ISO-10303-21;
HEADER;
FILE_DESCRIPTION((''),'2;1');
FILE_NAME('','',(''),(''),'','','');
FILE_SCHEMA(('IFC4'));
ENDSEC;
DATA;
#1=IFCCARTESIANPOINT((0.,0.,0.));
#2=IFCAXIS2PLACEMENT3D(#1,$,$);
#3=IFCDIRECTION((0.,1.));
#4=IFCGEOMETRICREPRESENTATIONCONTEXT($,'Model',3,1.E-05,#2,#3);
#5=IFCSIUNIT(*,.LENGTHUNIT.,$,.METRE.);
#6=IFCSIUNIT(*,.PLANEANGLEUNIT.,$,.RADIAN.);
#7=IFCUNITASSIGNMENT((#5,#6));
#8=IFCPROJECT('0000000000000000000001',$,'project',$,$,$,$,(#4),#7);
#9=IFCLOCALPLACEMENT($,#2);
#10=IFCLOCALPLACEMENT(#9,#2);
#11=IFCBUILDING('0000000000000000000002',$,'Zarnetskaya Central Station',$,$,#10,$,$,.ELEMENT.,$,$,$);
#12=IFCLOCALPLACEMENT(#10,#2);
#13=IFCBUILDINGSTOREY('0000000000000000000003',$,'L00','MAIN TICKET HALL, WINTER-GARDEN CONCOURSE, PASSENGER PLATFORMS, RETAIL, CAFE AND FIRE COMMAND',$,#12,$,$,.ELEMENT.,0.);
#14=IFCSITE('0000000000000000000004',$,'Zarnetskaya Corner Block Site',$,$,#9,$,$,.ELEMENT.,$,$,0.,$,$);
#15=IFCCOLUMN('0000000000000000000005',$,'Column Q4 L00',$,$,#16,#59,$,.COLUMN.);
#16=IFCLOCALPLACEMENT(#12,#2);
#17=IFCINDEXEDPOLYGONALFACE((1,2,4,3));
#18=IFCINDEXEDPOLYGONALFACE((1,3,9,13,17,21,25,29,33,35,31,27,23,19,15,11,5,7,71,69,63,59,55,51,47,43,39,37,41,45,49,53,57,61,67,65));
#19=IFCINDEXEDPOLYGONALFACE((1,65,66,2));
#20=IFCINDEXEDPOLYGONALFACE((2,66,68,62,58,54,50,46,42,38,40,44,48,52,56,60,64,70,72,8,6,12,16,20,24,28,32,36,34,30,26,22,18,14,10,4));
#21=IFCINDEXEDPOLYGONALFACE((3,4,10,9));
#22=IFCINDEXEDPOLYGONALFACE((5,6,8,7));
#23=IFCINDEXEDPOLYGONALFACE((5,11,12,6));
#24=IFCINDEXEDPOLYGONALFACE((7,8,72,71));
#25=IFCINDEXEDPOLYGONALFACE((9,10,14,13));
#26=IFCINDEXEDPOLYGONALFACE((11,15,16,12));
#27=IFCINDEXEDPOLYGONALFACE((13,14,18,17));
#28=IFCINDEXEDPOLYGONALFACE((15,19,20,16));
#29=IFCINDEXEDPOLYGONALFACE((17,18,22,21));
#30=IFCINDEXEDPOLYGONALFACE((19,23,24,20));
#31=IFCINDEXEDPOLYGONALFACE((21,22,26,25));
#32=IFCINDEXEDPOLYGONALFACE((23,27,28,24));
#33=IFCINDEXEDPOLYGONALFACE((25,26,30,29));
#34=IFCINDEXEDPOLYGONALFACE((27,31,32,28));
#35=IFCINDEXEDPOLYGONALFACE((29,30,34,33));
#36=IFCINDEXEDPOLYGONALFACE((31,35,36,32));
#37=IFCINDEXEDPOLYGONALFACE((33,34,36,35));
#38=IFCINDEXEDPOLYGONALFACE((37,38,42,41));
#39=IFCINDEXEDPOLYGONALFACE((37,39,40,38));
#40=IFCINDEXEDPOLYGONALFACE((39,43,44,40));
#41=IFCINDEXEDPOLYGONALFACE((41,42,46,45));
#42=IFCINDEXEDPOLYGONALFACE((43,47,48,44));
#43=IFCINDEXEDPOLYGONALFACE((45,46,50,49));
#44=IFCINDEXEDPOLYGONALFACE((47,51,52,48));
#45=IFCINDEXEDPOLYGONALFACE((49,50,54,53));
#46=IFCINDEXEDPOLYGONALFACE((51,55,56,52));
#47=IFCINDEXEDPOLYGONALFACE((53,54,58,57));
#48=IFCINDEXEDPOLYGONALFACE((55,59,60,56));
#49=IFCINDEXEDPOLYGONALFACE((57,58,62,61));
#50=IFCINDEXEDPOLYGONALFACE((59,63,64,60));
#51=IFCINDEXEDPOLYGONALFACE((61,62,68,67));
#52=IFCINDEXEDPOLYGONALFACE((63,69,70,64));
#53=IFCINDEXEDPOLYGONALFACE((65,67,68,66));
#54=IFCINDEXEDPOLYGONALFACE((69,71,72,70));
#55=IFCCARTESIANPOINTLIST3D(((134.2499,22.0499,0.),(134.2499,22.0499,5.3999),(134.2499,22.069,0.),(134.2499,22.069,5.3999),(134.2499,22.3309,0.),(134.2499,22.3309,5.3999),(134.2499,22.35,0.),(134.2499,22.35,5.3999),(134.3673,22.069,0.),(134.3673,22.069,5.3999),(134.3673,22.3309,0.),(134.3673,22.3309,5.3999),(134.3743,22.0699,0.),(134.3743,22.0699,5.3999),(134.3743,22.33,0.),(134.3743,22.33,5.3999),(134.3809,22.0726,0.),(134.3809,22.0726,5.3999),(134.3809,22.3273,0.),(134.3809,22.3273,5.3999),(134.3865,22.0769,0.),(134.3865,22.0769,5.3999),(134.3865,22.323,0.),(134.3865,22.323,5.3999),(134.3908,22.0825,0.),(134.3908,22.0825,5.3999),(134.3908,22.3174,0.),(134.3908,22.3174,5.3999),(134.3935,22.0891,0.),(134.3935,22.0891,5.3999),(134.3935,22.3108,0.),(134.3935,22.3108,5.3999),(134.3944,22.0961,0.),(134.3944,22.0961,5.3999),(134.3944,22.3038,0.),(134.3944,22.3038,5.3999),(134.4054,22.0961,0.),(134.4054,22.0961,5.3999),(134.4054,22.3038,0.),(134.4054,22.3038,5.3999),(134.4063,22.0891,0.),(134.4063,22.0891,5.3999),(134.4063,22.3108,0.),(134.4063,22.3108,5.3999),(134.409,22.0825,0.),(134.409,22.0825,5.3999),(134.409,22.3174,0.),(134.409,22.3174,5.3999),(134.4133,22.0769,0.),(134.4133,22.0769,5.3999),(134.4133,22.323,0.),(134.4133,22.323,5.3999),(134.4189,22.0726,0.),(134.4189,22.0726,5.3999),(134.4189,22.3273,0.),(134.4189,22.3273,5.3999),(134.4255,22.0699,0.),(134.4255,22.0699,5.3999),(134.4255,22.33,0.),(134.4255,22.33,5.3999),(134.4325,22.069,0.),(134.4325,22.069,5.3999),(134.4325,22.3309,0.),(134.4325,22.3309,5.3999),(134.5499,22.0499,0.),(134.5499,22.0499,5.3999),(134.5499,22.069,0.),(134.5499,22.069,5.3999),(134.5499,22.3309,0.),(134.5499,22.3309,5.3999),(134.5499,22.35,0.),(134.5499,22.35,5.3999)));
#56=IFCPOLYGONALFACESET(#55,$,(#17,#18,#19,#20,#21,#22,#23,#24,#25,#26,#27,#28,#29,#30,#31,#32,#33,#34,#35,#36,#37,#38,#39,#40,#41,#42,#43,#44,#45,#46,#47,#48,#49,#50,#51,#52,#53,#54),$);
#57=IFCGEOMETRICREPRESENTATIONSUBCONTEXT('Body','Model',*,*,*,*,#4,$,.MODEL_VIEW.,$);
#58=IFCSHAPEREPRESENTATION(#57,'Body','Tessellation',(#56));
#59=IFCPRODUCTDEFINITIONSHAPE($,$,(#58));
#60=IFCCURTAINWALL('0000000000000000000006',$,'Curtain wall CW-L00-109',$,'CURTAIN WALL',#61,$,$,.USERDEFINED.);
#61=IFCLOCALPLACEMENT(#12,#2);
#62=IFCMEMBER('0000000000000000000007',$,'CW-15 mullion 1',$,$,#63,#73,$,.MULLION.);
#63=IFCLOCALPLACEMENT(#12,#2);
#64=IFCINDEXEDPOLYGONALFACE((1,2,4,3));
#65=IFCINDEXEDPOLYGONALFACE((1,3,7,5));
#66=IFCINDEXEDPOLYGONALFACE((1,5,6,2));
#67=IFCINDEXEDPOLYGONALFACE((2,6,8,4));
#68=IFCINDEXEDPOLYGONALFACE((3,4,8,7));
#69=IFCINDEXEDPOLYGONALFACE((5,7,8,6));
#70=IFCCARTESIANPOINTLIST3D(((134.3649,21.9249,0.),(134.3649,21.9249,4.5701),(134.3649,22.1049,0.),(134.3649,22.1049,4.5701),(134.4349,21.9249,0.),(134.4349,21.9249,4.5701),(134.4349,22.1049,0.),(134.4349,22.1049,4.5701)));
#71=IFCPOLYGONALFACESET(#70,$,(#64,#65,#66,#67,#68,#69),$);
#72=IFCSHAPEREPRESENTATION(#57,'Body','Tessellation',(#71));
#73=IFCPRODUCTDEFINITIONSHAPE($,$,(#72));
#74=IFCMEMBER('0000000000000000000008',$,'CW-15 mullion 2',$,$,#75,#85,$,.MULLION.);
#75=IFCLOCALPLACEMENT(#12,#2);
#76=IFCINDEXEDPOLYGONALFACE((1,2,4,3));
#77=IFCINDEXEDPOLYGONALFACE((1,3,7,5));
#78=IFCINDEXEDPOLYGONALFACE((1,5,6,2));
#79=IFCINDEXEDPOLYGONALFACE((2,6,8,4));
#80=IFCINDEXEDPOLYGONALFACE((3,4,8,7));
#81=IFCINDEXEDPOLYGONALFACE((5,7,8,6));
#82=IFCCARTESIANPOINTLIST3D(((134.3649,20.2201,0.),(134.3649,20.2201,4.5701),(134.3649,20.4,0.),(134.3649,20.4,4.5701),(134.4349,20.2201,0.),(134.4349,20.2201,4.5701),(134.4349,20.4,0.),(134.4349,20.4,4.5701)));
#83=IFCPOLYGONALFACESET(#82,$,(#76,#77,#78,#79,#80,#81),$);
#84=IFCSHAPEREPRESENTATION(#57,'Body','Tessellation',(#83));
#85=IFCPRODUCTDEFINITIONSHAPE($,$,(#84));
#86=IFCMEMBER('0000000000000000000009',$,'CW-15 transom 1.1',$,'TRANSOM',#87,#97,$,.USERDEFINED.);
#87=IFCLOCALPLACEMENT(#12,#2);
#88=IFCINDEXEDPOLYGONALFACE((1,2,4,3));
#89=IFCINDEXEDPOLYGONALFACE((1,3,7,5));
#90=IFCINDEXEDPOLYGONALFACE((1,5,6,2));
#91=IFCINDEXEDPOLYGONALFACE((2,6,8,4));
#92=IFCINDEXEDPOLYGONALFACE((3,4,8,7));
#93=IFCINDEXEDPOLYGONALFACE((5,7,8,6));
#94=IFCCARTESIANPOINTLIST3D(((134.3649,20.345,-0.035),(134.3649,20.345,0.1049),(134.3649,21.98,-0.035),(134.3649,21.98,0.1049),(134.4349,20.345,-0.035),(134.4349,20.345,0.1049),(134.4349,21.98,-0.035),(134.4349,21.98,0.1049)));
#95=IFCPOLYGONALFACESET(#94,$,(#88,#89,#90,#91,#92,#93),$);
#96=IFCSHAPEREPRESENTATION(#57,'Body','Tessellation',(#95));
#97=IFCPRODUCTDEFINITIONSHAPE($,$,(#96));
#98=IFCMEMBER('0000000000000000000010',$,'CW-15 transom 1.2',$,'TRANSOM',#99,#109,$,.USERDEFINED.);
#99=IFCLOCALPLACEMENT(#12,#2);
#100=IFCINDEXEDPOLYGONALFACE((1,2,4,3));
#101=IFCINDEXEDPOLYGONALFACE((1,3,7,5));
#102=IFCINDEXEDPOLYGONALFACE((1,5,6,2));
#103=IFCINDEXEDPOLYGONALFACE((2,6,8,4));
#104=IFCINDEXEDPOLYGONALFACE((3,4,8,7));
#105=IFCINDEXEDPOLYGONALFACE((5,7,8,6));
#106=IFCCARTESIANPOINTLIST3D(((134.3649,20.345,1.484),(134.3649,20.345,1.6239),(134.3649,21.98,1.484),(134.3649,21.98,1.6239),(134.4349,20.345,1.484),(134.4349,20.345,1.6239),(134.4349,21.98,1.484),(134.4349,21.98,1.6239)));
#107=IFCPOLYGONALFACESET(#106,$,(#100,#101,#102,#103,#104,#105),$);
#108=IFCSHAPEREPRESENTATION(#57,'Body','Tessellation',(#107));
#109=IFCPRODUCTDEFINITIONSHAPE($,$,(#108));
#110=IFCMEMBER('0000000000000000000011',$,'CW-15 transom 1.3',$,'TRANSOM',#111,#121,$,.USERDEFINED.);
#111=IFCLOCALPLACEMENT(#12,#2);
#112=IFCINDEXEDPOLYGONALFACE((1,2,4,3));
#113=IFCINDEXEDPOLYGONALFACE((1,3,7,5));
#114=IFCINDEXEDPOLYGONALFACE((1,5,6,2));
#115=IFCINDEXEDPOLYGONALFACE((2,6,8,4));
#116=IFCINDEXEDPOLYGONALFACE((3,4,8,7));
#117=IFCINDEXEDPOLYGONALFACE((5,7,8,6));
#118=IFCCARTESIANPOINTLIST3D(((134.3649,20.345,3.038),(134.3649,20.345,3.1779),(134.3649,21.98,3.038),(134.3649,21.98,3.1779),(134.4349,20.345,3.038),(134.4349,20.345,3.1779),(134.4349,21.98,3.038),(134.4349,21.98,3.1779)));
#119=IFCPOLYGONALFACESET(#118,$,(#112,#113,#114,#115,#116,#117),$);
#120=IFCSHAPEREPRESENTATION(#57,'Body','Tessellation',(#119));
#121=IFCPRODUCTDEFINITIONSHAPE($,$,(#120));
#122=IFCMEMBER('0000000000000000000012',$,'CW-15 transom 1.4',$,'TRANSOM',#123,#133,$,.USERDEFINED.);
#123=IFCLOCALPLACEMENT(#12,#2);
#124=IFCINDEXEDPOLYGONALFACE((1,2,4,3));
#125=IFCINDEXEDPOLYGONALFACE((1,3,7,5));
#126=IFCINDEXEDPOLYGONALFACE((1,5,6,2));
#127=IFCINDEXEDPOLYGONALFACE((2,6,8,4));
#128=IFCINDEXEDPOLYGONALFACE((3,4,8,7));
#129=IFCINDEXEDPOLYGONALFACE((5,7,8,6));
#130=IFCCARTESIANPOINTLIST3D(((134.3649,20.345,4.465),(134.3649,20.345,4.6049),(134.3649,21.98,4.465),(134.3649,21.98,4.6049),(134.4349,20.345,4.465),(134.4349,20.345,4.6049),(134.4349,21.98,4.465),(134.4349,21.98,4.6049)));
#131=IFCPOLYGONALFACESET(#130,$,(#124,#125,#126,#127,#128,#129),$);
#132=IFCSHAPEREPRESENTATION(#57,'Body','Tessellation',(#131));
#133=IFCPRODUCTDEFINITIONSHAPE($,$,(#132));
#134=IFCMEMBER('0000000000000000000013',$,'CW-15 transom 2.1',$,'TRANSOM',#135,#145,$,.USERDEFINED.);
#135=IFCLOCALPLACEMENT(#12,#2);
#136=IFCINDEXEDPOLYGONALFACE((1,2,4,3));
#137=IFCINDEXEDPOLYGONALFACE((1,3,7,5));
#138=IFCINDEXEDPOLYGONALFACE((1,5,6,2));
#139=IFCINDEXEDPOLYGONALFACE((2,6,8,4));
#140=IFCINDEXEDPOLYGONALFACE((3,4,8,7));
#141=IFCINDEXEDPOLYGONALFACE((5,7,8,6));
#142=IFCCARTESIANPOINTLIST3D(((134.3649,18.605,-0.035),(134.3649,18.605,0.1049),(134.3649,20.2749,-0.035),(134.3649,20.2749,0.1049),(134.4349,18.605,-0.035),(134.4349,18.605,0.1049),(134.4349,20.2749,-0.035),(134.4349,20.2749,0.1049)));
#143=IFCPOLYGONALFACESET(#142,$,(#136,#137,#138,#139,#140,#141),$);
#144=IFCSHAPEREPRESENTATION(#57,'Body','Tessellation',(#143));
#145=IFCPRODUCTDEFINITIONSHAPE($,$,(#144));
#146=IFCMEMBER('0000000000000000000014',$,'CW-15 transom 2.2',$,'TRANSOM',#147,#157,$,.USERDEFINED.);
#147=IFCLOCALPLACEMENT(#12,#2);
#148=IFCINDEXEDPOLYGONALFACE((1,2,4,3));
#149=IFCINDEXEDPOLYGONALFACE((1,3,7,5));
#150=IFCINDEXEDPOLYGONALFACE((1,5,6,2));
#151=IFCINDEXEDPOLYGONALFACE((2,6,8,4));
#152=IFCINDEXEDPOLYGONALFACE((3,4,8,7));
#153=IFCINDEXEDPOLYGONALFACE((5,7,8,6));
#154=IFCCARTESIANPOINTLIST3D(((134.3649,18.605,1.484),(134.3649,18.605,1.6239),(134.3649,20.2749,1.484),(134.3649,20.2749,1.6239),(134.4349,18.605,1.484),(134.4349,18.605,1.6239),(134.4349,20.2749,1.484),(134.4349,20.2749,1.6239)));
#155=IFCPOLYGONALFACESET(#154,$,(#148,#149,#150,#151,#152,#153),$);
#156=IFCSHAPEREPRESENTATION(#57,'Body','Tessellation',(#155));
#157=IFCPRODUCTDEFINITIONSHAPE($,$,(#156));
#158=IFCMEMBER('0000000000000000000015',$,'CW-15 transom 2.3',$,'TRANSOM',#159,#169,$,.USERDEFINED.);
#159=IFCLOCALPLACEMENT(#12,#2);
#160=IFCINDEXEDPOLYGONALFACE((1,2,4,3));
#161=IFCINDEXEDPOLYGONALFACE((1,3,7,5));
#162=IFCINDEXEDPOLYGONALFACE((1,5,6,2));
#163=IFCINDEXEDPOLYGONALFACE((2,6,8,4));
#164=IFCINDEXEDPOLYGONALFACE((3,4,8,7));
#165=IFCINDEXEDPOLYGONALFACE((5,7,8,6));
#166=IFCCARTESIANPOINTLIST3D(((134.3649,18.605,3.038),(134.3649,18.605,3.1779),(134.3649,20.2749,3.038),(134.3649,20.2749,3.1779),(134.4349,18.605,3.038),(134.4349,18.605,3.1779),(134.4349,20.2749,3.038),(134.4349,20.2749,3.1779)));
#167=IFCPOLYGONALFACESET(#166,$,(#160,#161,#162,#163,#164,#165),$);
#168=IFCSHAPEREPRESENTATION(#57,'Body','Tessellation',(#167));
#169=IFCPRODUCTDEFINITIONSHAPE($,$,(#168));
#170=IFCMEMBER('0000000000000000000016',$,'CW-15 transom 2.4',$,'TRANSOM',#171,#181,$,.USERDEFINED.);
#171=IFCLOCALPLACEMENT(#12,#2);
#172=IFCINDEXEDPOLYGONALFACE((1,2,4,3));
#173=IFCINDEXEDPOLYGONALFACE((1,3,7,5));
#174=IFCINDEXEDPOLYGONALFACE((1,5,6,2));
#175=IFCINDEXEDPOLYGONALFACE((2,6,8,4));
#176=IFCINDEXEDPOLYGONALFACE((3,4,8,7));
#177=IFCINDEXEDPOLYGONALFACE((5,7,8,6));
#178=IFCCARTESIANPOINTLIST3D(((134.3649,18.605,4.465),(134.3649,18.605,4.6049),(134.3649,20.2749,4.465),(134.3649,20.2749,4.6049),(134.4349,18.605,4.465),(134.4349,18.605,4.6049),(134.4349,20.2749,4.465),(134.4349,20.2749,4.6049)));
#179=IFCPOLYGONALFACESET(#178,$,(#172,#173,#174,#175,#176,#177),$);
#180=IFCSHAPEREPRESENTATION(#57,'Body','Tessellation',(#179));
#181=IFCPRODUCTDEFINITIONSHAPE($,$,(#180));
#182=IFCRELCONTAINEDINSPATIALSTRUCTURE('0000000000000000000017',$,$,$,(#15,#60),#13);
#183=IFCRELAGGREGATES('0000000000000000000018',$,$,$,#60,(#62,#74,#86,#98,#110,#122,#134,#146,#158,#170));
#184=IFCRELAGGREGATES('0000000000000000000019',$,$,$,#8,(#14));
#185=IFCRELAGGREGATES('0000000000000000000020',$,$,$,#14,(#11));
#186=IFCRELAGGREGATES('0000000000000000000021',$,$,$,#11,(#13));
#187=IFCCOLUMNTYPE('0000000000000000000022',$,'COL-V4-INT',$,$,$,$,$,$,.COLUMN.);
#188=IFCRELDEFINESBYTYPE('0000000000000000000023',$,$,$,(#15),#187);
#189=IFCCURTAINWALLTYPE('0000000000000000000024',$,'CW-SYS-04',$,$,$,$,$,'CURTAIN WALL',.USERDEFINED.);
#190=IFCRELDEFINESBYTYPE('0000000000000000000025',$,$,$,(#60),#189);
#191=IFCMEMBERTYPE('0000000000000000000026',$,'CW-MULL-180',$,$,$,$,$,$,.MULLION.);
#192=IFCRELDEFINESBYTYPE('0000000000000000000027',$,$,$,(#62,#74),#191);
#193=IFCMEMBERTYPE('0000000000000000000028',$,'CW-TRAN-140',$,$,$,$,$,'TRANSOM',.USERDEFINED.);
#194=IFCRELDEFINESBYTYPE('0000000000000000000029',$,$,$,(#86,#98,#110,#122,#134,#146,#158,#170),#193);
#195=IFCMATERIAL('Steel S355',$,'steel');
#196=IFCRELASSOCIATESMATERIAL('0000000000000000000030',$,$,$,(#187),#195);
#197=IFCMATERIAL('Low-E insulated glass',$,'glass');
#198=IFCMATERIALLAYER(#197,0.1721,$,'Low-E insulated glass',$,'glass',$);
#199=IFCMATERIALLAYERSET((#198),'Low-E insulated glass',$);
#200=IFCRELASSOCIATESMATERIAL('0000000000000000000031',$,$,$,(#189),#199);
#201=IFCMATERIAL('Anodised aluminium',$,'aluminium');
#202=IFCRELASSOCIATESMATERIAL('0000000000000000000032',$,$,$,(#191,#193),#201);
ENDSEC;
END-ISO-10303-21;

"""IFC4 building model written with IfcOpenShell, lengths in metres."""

from ifc_helpers import new_model, si_unit, direction, frame, origin, origin_2d, place, context, subcontext, project, spatial, rectangle, i_section, extrude, material, layer, layer_set, material_profile, profile_set, type_object, element, aggregate, save


model = new_model("IFC4")

# Units and contexts
model_context = context("Model", 3, precision=1e-05, world=origin(), true_north=direction((0.0, 1.0)))
body_context = subcontext(model_context, "Body", "Model", "MODEL_VIEW")
ifc_project = project(units=[si_unit("LENGTHUNIT", "METRE"), si_unit("PLANEANGLEUNIT", "RADIAN")], contexts=[model_context])

# Site, building, storey
site_placement = place(None, origin())
site = spatial("IfcSite", under=ifc_project, at=site_placement, Name="Zarnetskaya Corner Block Site", CompositionType="ELEMENT", RefElevation=0.0)
building_placement = place(site_placement, origin())
building = spatial("IfcBuilding", under=site, at=building_placement, Name="Zarnetskaya Central Station", CompositionType="ELEMENT")
storey_placement = place(building_placement, origin())
storey = spatial("IfcBuildingStorey", under=building, at=storey_placement, Name="L00", Description="MAIN TICKET HALL, WINTER-GARDEN CONCOURSE, PASSENGER PLATFORMS, RETAIL, CAFE AND FIRE COMMAND", CompositionType="ELEMENT", Elevation=0.0)

# Column
ifc_material_1 = material(Name="Steel S355", Category="steel")
ifc_material_profile_1 = material_profile(ifc_material_1, i_section(OverallWidth=0.3, OverallDepth=0.3, WebThickness=0.011, FlangeThickness=0.019, FilletRadius=0.0271, at=origin_2d()), Name="HEB 300")
ifc_profile_set_1 = profile_set([ifc_material_profile_1], Name="Steel S355")
column_type = type_object("IfcColumnType", Name="COL-V4-INT", PredefinedType="COLUMN", material=ifc_profile_set_1)
column_placement = place(storey_placement, frame((134.3999, 22.2, 0.0), z_axis=(0.0, 0.0, 1.0), x_axis=(1.0, 0.0, 0.0)))
element("IfcColumn", 1, at=column_placement, inside=storey, type_object=column_type, Name="Column Q4 L00", PredefinedType="COLUMN", context=body_context, shape_type="SweptSolid", body=[
    extrude(i_section(OverallWidth=0.3, OverallDepth=0.3, WebThickness=0.011, FlangeThickness=0.019, FilletRadius=0.0271, at=origin_2d()), origin(), (0.0, 0.0, 1.0), 5.3999),
])

# Curtain wall, members
ifc_material_2 = material(Name="Low-E insulated glass", Category="glass")
ifc_layer_1 = layer(ifc_material_2, 0.1721, Name="Low-E insulated glass", Category="glass")
ifc_layer_set_1 = layer_set([ifc_layer_1], Name="Low-E insulated glass")
curtain_wall_type = type_object("IfcCurtainWallType", Name="CW-SYS-04", ElementType="CURTAIN WALL", PredefinedType="USERDEFINED", material=ifc_layer_set_1)
curtain_wall_placement = place(storey_placement, origin())
curtain_wall = element("IfcCurtainWall", 2, at=curtain_wall_placement, inside=storey, type_object=curtain_wall_type, Name="Curtain wall CW-L00-109", ObjectType="CURTAIN WALL", PredefinedType="USERDEFINED")
ifc_material_3 = material(Name="Anodised aluminium", Category="aluminium")
ifc_material_profile_2 = material_profile(ifc_material_3, rectangle(XDim=0.0701, YDim=0.1799, at=origin_2d()), Name="ALU MULL 70x180")
ifc_profile_set_2 = profile_set([ifc_material_profile_2], Name="Anodised aluminium")
member_type_1 = type_object("IfcMemberType", Name="CW-MULL-180", PredefinedType="MULLION", material=ifc_profile_set_2)
member_1_placement = place(storey_placement, frame((134.3999, 22.0149, 0.0), z_axis=(0.0, 0.0, 1.0), x_axis=(1.0, 0.0, 0.0)))
member_1 = element("IfcMember", 3, at=member_1_placement, type_object=member_type_1, Name="CW-15 mullion 1", PredefinedType="MULLION", context=body_context, shape_type="SweptSolid", body=[
    extrude(rectangle(XDim=0.0701, YDim=0.1799, at=origin_2d()), origin(), (0.0, 0.0, 1.0), 4.5701),
])
member_2_placement = place(storey_placement, frame((134.3999, 20.3101, 0.0), z_axis=(0.0, 0.0, 1.0), x_axis=(1.0, 0.0, 0.0)))
member_2 = element("IfcMember", 4, at=member_2_placement, type_object=member_type_1, Name="CW-15 mullion 2", PredefinedType="MULLION", context=body_context, shape_type="SweptSolid", body=[
    extrude(rectangle(XDim=0.0701, YDim=0.1799, at=origin_2d()), origin(), (0.0, 0.0, 1.0), 4.5701),
])
ifc_material_profile_3 = material_profile(ifc_material_3, rectangle(XDim=0.0701, YDim=0.1399, at=origin_2d()), Name="ALU TRAN 70x140")
ifc_profile_set_3 = profile_set([ifc_material_profile_3], Name="Anodised aluminium")
member_type_2 = type_object("IfcMemberType", Name="CW-TRAN-140", ElementType="TRANSOM", PredefinedType="USERDEFINED", material=ifc_profile_set_3)
member_3_placement = place(storey_placement, frame((134.3999, 21.98, 0.0349), z_axis=(0.0, -1.0, 0.0), x_axis=(1.0, 0.0, 0.0)))
member_3 = element("IfcMember", 5, at=member_3_placement, type_object=member_type_2, Name="CW-15 transom 1.1", ObjectType="TRANSOM", PredefinedType="USERDEFINED", context=body_context, shape_type="SweptSolid", body=[
    extrude(rectangle(XDim=0.0701, YDim=0.1399, at=origin_2d()), origin(), (0.0, 0.0, 1.0), 1.635),
])
member_4_placement = place(storey_placement, frame((134.3999, 21.98, 1.554), z_axis=(0.0, -1.0, 0.0), x_axis=(1.0, 0.0, 0.0)))
member_4 = element("IfcMember", 6, at=member_4_placement, type_object=member_type_2, Name="CW-15 transom 1.2", ObjectType="TRANSOM", PredefinedType="USERDEFINED", context=body_context, shape_type="SweptSolid", body=[
    extrude(rectangle(XDim=0.0701, YDim=0.1399, at=origin_2d()), origin(), (0.0, 0.0, 1.0), 1.635),
])
member_5_placement = place(storey_placement, frame((134.3999, 21.98, 3.1079), z_axis=(0.0, -1.0, 0.0), x_axis=(1.0, 0.0, 0.0)))
member_5 = element("IfcMember", 7, at=member_5_placement, type_object=member_type_2, Name="CW-15 transom 1.3", ObjectType="TRANSOM", PredefinedType="USERDEFINED", context=body_context, shape_type="SweptSolid", body=[
    extrude(rectangle(XDim=0.0701, YDim=0.1399, at=origin_2d()), origin(), (0.0, 0.0, 1.0), 1.635),
])
member_6_placement = place(storey_placement, frame((134.3999, 21.98, 4.5349), z_axis=(0.0, -1.0, 0.0), x_axis=(1.0, 0.0, 0.0)))
member_6 = element("IfcMember", 8, at=member_6_placement, type_object=member_type_2, Name="CW-15 transom 1.4", ObjectType="TRANSOM", PredefinedType="USERDEFINED", context=body_context, shape_type="SweptSolid", body=[
    extrude(rectangle(XDim=0.0701, YDim=0.1399, at=origin_2d()), origin(), (0.0, 0.0, 1.0), 1.635),
])
member_7_placement = place(storey_placement, frame((134.3999, 20.2749, 0.0349), z_axis=(0.0, -1.0, 0.0), x_axis=(1.0, 0.0, 0.0)))
member_7 = element("IfcMember", 9, at=member_7_placement, type_object=member_type_2, Name="CW-15 transom 2.1", ObjectType="TRANSOM", PredefinedType="USERDEFINED", context=body_context, shape_type="SweptSolid", body=[
    extrude(rectangle(XDim=0.0701, YDim=0.1399, at=origin_2d()), origin(), (0.0, 0.0, 1.0), 1.6699),
])
member_8_placement = place(storey_placement, frame((134.3999, 20.2749, 1.554), z_axis=(0.0, -1.0, 0.0), x_axis=(1.0, 0.0, 0.0)))
member_8 = element("IfcMember", 10, at=member_8_placement, type_object=member_type_2, Name="CW-15 transom 2.2", ObjectType="TRANSOM", PredefinedType="USERDEFINED", context=body_context, shape_type="SweptSolid", body=[
    extrude(rectangle(XDim=0.0701, YDim=0.1399, at=origin_2d()), origin(), (0.0, 0.0, 1.0), 1.6699),
])
member_9_placement = place(storey_placement, frame((134.3999, 20.2749, 3.1079), z_axis=(0.0, -1.0, 0.0), x_axis=(1.0, 0.0, 0.0)))
member_9 = element("IfcMember", 11, at=member_9_placement, type_object=member_type_2, Name="CW-15 transom 2.3", ObjectType="TRANSOM", PredefinedType="USERDEFINED", context=body_context, shape_type="SweptSolid", body=[
    extrude(rectangle(XDim=0.0701, YDim=0.1399, at=origin_2d()), origin(), (0.0, 0.0, 1.0), 1.6699),
])
member_10_placement = place(storey_placement, frame((134.3999, 20.2749, 4.5349), z_axis=(0.0, -1.0, 0.0), x_axis=(1.0, 0.0, 0.0)))
member_10 = element("IfcMember", 12, at=member_10_placement, type_object=member_type_2, Name="CW-15 transom 2.4", ObjectType="TRANSOM", PredefinedType="USERDEFINED", context=body_context, shape_type="SweptSolid", body=[
    extrude(rectangle(XDim=0.0701, YDim=0.1399, at=origin_2d()), origin(), (0.0, 0.0, 1.0), 1.6699),
])
aggregate(curtain_wall, [member_1, member_2, member_3, member_4, member_5, member_6, member_7, member_8, member_9, member_10])

save(model, "model.ifc")
